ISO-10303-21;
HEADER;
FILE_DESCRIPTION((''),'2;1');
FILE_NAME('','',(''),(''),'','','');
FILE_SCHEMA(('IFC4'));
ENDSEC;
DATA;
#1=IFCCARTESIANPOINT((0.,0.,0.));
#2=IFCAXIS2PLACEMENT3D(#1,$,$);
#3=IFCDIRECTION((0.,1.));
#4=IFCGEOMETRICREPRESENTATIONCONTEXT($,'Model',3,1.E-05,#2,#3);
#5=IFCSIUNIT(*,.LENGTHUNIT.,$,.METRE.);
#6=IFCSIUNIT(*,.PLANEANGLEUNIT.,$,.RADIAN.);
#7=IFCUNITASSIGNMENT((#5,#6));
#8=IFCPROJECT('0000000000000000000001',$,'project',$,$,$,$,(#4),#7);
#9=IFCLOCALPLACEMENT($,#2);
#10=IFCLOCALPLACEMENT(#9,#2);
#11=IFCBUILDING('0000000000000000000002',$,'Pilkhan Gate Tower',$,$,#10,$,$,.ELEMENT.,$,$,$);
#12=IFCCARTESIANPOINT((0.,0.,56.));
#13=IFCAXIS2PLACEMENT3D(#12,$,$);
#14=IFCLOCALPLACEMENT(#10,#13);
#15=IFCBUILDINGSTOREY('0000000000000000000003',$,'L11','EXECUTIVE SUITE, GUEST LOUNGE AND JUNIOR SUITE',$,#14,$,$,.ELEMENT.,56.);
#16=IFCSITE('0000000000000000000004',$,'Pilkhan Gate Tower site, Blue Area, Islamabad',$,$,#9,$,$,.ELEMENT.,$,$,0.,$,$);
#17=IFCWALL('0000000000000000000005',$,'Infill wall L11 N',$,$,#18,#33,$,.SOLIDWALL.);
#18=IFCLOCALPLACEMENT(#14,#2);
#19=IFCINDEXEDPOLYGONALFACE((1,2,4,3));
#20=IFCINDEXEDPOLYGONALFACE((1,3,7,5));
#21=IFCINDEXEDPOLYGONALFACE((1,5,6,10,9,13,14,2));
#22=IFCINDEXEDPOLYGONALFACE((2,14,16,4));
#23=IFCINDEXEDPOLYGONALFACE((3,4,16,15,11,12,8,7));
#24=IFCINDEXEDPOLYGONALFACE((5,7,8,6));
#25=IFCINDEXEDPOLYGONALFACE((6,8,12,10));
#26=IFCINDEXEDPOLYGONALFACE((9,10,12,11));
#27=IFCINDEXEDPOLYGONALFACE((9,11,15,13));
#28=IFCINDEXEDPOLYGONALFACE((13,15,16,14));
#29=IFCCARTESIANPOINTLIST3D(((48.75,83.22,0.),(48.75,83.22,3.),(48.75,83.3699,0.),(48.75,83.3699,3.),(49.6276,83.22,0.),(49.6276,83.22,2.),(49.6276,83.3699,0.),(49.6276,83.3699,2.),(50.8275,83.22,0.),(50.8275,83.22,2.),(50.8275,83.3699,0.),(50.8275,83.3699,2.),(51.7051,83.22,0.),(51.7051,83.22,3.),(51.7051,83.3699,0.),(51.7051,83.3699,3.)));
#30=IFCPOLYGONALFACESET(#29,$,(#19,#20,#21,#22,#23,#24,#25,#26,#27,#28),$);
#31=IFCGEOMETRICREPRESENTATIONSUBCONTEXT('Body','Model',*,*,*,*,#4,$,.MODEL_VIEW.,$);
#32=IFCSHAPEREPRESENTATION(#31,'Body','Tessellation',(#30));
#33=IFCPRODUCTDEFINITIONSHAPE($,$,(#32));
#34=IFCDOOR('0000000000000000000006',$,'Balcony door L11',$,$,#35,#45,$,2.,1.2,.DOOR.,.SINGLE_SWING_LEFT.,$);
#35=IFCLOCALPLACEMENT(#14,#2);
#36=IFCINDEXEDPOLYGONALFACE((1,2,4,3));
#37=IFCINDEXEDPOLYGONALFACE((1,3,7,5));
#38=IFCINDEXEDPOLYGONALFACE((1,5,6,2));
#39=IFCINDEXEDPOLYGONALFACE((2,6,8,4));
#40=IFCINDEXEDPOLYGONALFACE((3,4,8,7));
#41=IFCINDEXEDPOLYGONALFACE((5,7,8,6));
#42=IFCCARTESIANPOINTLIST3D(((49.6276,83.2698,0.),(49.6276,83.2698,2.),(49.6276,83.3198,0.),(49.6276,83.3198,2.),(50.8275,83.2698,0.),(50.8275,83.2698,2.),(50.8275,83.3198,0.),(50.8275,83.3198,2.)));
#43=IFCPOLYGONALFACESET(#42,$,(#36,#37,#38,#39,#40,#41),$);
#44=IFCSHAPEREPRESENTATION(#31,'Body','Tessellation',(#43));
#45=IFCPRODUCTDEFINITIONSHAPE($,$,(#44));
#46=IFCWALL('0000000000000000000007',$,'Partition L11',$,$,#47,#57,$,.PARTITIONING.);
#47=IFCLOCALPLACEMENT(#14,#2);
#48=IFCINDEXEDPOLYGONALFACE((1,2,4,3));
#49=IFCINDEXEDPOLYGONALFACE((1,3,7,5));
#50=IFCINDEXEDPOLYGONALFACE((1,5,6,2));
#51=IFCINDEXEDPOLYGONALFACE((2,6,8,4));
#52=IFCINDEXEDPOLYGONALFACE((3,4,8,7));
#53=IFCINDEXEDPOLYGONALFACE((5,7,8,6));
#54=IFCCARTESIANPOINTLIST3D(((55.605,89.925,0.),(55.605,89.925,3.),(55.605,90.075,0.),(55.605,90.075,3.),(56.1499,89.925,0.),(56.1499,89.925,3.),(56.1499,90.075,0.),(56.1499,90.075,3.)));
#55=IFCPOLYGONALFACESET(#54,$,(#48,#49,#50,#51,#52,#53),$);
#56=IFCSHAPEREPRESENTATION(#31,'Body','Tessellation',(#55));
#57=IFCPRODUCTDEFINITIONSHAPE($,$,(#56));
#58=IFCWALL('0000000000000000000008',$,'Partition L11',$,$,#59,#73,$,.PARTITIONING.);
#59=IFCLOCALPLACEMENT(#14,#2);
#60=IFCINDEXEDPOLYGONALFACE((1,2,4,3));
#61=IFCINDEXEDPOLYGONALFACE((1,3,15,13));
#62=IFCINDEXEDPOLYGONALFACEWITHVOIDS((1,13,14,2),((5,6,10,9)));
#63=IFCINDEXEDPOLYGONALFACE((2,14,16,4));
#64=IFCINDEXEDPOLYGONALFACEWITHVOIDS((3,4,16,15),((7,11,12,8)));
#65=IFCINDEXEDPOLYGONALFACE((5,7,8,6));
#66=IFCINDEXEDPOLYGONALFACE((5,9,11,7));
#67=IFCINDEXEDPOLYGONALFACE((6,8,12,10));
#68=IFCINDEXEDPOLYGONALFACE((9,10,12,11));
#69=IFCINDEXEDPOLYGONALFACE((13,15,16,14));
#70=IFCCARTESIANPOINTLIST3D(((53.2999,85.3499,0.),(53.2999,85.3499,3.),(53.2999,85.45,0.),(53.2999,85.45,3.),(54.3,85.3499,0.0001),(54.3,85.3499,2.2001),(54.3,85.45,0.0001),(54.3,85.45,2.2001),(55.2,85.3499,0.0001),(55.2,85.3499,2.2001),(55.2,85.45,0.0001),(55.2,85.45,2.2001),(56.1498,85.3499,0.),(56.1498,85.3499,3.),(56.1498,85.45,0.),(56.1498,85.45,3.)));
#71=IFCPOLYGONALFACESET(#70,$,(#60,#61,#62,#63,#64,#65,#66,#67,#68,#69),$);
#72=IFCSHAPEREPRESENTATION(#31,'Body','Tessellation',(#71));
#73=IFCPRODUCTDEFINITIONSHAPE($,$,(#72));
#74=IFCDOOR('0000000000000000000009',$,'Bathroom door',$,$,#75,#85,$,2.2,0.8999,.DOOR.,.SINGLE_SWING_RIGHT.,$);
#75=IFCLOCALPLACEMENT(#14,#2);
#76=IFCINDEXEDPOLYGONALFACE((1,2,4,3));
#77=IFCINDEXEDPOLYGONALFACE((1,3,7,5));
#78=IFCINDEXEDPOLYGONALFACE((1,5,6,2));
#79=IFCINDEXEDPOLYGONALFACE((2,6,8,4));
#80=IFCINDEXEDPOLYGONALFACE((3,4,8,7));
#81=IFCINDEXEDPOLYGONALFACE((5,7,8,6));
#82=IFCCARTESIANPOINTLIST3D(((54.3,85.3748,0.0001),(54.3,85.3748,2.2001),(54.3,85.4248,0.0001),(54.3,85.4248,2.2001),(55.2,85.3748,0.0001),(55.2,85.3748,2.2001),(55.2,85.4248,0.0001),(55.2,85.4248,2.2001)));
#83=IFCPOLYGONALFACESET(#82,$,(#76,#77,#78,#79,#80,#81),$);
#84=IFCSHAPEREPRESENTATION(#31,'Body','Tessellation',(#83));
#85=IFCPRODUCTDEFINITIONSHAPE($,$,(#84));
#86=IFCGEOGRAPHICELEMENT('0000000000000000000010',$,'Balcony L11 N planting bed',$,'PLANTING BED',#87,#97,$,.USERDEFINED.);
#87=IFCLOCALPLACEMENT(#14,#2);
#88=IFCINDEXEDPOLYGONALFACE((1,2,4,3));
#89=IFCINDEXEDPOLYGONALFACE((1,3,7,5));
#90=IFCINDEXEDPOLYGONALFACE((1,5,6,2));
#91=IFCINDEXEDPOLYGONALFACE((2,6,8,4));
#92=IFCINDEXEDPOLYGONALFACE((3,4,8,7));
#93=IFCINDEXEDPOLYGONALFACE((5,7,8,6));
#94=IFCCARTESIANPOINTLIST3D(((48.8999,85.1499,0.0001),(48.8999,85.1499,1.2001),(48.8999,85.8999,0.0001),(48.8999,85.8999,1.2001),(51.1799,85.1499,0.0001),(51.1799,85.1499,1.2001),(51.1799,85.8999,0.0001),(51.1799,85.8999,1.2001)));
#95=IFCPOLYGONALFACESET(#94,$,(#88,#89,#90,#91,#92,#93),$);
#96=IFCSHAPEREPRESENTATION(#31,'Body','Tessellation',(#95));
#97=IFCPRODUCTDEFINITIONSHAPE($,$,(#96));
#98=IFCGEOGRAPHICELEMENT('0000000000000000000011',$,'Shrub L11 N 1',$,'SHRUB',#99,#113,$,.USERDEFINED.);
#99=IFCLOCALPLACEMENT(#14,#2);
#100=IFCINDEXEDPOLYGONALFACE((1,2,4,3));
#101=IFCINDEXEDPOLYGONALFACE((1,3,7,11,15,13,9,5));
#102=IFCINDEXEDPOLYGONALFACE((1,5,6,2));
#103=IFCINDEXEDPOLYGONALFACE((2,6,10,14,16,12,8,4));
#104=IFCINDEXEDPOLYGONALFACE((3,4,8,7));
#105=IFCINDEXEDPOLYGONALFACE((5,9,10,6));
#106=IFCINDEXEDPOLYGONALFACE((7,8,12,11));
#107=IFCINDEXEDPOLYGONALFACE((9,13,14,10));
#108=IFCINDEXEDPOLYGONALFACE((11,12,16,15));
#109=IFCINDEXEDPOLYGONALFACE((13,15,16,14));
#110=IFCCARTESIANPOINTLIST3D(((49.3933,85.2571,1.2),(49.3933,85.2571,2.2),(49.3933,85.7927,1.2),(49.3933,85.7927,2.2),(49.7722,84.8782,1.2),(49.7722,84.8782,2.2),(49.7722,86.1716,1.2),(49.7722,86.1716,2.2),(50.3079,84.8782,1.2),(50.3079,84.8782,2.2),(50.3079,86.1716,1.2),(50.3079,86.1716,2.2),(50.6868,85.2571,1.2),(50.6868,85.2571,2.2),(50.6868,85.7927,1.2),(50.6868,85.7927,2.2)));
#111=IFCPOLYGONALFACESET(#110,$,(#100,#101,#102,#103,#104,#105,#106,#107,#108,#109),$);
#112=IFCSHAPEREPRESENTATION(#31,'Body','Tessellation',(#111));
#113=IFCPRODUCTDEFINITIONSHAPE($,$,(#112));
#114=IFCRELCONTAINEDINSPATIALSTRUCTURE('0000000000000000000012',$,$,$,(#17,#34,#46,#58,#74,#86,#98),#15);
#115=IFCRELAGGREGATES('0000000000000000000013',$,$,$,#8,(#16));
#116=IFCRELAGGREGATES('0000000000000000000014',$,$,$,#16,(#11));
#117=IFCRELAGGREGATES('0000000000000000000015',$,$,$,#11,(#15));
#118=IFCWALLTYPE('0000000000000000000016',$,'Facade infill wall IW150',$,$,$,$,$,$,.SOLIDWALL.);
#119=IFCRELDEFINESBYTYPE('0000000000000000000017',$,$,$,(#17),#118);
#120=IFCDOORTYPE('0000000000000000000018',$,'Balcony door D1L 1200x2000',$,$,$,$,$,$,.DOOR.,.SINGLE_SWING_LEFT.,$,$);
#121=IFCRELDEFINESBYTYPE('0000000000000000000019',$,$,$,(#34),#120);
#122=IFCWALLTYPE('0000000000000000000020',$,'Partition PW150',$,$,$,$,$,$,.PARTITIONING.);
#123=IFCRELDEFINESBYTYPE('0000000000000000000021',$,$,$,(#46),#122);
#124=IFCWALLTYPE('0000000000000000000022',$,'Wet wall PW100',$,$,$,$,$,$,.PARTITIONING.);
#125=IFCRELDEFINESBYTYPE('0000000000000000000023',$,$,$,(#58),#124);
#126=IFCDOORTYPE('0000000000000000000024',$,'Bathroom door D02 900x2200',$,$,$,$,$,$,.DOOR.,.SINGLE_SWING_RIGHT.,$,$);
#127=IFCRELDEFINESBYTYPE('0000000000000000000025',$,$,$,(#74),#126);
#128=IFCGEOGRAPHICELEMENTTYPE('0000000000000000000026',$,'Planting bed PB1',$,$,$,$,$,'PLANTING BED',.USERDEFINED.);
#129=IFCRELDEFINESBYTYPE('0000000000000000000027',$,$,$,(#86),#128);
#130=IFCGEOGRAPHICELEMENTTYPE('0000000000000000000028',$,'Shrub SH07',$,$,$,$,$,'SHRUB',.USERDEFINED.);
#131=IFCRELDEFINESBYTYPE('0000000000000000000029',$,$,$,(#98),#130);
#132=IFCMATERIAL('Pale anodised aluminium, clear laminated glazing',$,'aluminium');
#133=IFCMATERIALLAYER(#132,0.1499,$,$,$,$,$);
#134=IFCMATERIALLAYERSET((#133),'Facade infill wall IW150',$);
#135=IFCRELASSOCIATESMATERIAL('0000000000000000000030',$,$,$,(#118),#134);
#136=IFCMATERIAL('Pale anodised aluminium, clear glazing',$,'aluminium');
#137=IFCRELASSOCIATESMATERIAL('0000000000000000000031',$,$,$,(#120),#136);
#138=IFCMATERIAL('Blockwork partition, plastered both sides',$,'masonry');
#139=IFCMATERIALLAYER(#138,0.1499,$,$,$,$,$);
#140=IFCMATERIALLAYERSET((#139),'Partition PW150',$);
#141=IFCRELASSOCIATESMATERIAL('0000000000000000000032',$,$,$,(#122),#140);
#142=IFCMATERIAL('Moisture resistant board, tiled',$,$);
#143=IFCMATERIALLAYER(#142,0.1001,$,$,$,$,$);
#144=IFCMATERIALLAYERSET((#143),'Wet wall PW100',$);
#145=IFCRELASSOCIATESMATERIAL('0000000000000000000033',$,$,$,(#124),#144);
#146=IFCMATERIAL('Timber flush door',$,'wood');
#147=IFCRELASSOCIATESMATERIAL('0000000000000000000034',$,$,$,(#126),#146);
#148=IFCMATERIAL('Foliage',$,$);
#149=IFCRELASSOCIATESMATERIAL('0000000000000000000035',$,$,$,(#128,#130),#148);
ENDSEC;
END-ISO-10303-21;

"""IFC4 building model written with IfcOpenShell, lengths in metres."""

from ifc_helpers import new_model, si_unit, direction, frame, frame_2d, origin, origin_2d, place, context, subcontext, project, spatial, polyline, rectangle, outline, extrude, material, layer, layer_set, material_profile, profile_set, type_object, element, fill, save


model = new_model("IFC4")

# Units and contexts
model_context = context("Model", 3, precision=1e-05, world=origin(), true_north=direction((0.0, 1.0)))
body_context = subcontext(model_context, "Body", "Model", "MODEL_VIEW")
ifc_project = project(units=[si_unit("LENGTHUNIT", "METRE"), si_unit("PLANEANGLEUNIT", "RADIAN")], contexts=[model_context])

# Site, building, storey
site_placement = place(None, origin())
site = spatial("IfcSite", under=ifc_project, at=site_placement, Name="Pilkhan Gate Tower site, Blue Area, Islamabad", CompositionType="ELEMENT", RefElevation=0.0)
building_placement = place(site_placement, origin())
building = spatial("IfcBuilding", under=site, at=building_placement, Name="Pilkhan Gate Tower", CompositionType="ELEMENT")
storey_placement = place(building_placement, frame((0.0, 0.0, 56.0)))
storey = spatial("IfcBuildingStorey", under=building, at=storey_placement, Name="L11", Description="EXECUTIVE SUITE, GUEST LOUNGE AND JUNIOR SUITE", CompositionType="ELEMENT", Elevation=56.0)

# Wall, opening, door
ifc_material_1 = material(Name="Pale anodised aluminium, clear laminated glazing", Category="aluminium")
ifc_layer_1 = layer(ifc_material_1, 0.1499)
ifc_layer_set_1 = layer_set([ifc_layer_1], Name="Facade infill wall IW150")
wall_type_1 = type_object("IfcWallType", Name="Facade infill wall IW150", PredefinedType="SOLIDWALL", material=ifc_layer_set_1)
wall_1_placement = place(storey_placement, frame((48.75, 83.2949, 0.0), z_axis=(0.0, 0.0, 1.0), x_axis=(1.0, 0.0, 0.0)))
wall_1 = element("IfcWall", 1, at=wall_1_placement, inside=storey, type_object=wall_type_1, Name="Infill wall L11 N", PredefinedType="SOLIDWALL", context=body_context, shape_type="SweptSolid", body=[
    extrude(rectangle(XDim=2.9551, YDim=0.1499, at=frame_2d((1.4775, 0.0))), origin(), (0.0, 0.0, 1.0), 3.0),
])
opening_1_placement = place(wall_1_placement, frame((0.8774, 0.0, 0.0)))
opening_1 = element("IfcOpeningElement", 2, at=opening_1_placement, cuts=wall_1, PredefinedType="OPENING", context=body_context, shape_type="SweptSolid", body=[
    extrude(rectangle(XDim=1.2, YDim=2.0, at=frame_2d((0.6001, 1.0))), frame((0.0, 0.085, 0.0), z_axis=(0.0, -1.0, 0.0), x_axis=(1.0, 0.0, 0.0)), (0.0, 0.0, 1.0), 0.1699),
])
ifc_material_2 = material(Name="Pale anodised aluminium, clear glazing", Category="aluminium")
door_type_1 = type_object("IfcDoorType", Name="Balcony door D1L 1200x2000", OperationType="SINGLE_SWING_LEFT", PredefinedType="DOOR", material=ifc_material_2)
door_1_placement = place(opening_1_placement, origin())
door_1 = element("IfcDoor", 3, at=door_1_placement, inside=storey, type_object=door_type_1, Name="Balcony door L11", OperationType="SINGLE_SWING_LEFT", OverallHeight=2.0, OverallWidth=1.2, PredefinedType="DOOR", context=body_context, shape_type="SweptSolid", body=[
    extrude(rectangle(XDim=1.2, YDim=2.0, at=frame_2d((0.6001, 1.0))), frame((0.0, 0.0249, 0.0), z_axis=(0.0, -1.0, 0.0), x_axis=(1.0, 0.0, 0.0)), (0.0, 0.0, 1.0), 0.05),
])
fill(opening_1, door_1)

# Wall
ifc_material_3 = material(Name="Blockwork partition, plastered both sides", Category="masonry")
ifc_layer_2 = layer(ifc_material_3, 0.1499)
ifc_layer_set_2 = layer_set([ifc_layer_2], Name="Partition PW150")
wall_type_2 = type_object("IfcWallType", Name="Partition PW150", PredefinedType="PARTITIONING", material=ifc_layer_set_2)
wall_2_placement = place(storey_placement, frame((55.605, 90.0, 0.0), z_axis=(0.0, 0.0, 1.0), x_axis=(1.0, 0.0, 0.0)))
element("IfcWall", 4, at=wall_2_placement, inside=storey, type_object=wall_type_2, Name="Partition L11", PredefinedType="PARTITIONING", context=body_context, shape_type="SweptSolid", body=[
    extrude(rectangle(XDim=0.5449, YDim=0.1499, at=frame_2d((0.2725, 0.0))), origin(), (0.0, 0.0, 1.0), 3.0),
])

# Wall, opening, door
ifc_material_4 = material(Name="Moisture resistant board, tiled")
ifc_layer_3 = layer(ifc_material_4, 0.1001)
ifc_layer_set_3 = layer_set([ifc_layer_3], Name="Wet wall PW100")
wall_type_3 = type_object("IfcWallType", Name="Wet wall PW100", PredefinedType="PARTITIONING", material=ifc_layer_set_3)
wall_3_placement = place(storey_placement, frame((53.3, 85.3999, 0.0), z_axis=(0.0, 0.0, 1.0), x_axis=(1.0, 0.0, 0.0)))
wall_3 = element("IfcWall", 5, at=wall_3_placement, inside=storey, type_object=wall_type_3, Name="Partition L11", PredefinedType="PARTITIONING", context=body_context, shape_type="SweptSolid", body=[
    extrude(rectangle(XDim=2.8499, YDim=0.1001, at=frame_2d((1.4248, 0.0))), origin(), (0.0, 0.0, 1.0), 3.0),
])
opening_2_placement = place(wall_3_placement, frame((1.0, 0.0, 0.0)))
opening_2 = element("IfcOpeningElement", 6, at=opening_2_placement, cuts=wall_3, PredefinedType="OPENING", context=body_context, shape_type="SweptSolid", body=[
    extrude(rectangle(XDim=0.8999, YDim=2.2, at=frame_2d((0.45, 1.1001))), frame((0.0, 0.0601, 0.0), z_axis=(0.0, -1.0, 0.0), x_axis=(1.0, 0.0, 0.0)), (0.0, 0.0, 1.0), 0.1201),
])
ifc_material_5 = material(Name="Timber flush door", Category="wood")
door_type_2 = type_object("IfcDoorType", Name="Bathroom door D02 900x2200", OperationType="SINGLE_SWING_RIGHT", PredefinedType="DOOR", material=ifc_material_5)
door_2_placement = place(opening_2_placement, origin())
door_2 = element("IfcDoor", 7, at=door_2_placement, inside=storey, type_object=door_type_2, Name="Bathroom door", OperationType="SINGLE_SWING_RIGHT", OverallHeight=2.2, OverallWidth=0.8999, PredefinedType="DOOR", context=body_context, shape_type="SweptSolid", body=[
    extrude(rectangle(XDim=0.8999, YDim=2.2, at=frame_2d((0.45, 1.1001))), frame((0.0, 0.0249, 0.0), z_axis=(0.0, -1.0, 0.0), x_axis=(1.0, 0.0, 0.0)), (0.0, 0.0, 1.0), 0.05),
])
fill(opening_2, door_2)

# Geographic elements
ifc_material_6 = material(Name="Foliage")
ifc_material_profile_1 = material_profile(ifc_material_6, rectangle(XDim=0.75, YDim=1.2, at=origin_2d()), Name="Bed 750x1200")
ifc_profile_set_1 = profile_set([ifc_material_profile_1], Name="Foliage")
geographic_element_type_1 = type_object("IfcGeographicElementType", Name="Planting bed PB1", ElementType="PLANTING BED", PredefinedType="USERDEFINED", material=ifc_profile_set_1)
geographic_element_1_placement = place(storey_placement, frame((48.8999, 85.5249, 0.6001), z_axis=(1.0, 0.0, 0.0), x_axis=(0.0, 1.0, 0.0)))
element("IfcGeographicElement", 8, at=geographic_element_1_placement, inside=storey, type_object=geographic_element_type_1, Name="Balcony L11 N planting bed", ObjectType="PLANTING BED", PredefinedType="USERDEFINED", context=body_context, shape_type="SweptSolid", body=[
    extrude(rectangle(XDim=0.75, YDim=1.2, at=origin_2d()), origin(), (0.0, 0.0, 1.0), 2.28),
])
ifc_material_profile_2 = material_profile(ifc_material_6, outline(polyline([(0.6467, 0.2678), (0.2678, 0.6467), (-0.2678, 0.6467), (-0.6467, 0.2678), (-0.6467, -0.2678), (-0.2678, -0.6467), (0.2678, -0.6467), (0.6467, -0.2678), (0.6467, 0.2678)])), Name="Shrub D1.4")
ifc_profile_set_2 = profile_set([ifc_material_profile_2], Name="Foliage")
geographic_element_type_2 = type_object("IfcGeographicElementType", Name="Shrub SH07", ElementType="SHRUB", PredefinedType="USERDEFINED", material=ifc_profile_set_2)
geographic_element_2_placement = place(storey_placement, frame((50.04, 85.5249, 1.2), z_axis=(0.0, 0.0, 1.0), x_axis=(1.0, 0.0, 0.0)))
element("IfcGeographicElement", 9, at=geographic_element_2_placement, inside=storey, type_object=geographic_element_type_2, Name="Shrub L11 N 1", ObjectType="SHRUB", PredefinedType="USERDEFINED", context=body_context, shape_type="SweptSolid", body=[
    extrude(outline(polyline([(0.6467, 0.2678), (0.2678, 0.6467), (-0.2678, 0.6467), (-0.6467, 0.2678), (-0.6467, -0.2678), (-0.2678, -0.6467), (0.2678, -0.6467), (0.6467, -0.2678), (0.6467, 0.2678)])), origin(), (0.0, 0.0, 1.0), 1.0),
])

save(model, "model.ifc")
